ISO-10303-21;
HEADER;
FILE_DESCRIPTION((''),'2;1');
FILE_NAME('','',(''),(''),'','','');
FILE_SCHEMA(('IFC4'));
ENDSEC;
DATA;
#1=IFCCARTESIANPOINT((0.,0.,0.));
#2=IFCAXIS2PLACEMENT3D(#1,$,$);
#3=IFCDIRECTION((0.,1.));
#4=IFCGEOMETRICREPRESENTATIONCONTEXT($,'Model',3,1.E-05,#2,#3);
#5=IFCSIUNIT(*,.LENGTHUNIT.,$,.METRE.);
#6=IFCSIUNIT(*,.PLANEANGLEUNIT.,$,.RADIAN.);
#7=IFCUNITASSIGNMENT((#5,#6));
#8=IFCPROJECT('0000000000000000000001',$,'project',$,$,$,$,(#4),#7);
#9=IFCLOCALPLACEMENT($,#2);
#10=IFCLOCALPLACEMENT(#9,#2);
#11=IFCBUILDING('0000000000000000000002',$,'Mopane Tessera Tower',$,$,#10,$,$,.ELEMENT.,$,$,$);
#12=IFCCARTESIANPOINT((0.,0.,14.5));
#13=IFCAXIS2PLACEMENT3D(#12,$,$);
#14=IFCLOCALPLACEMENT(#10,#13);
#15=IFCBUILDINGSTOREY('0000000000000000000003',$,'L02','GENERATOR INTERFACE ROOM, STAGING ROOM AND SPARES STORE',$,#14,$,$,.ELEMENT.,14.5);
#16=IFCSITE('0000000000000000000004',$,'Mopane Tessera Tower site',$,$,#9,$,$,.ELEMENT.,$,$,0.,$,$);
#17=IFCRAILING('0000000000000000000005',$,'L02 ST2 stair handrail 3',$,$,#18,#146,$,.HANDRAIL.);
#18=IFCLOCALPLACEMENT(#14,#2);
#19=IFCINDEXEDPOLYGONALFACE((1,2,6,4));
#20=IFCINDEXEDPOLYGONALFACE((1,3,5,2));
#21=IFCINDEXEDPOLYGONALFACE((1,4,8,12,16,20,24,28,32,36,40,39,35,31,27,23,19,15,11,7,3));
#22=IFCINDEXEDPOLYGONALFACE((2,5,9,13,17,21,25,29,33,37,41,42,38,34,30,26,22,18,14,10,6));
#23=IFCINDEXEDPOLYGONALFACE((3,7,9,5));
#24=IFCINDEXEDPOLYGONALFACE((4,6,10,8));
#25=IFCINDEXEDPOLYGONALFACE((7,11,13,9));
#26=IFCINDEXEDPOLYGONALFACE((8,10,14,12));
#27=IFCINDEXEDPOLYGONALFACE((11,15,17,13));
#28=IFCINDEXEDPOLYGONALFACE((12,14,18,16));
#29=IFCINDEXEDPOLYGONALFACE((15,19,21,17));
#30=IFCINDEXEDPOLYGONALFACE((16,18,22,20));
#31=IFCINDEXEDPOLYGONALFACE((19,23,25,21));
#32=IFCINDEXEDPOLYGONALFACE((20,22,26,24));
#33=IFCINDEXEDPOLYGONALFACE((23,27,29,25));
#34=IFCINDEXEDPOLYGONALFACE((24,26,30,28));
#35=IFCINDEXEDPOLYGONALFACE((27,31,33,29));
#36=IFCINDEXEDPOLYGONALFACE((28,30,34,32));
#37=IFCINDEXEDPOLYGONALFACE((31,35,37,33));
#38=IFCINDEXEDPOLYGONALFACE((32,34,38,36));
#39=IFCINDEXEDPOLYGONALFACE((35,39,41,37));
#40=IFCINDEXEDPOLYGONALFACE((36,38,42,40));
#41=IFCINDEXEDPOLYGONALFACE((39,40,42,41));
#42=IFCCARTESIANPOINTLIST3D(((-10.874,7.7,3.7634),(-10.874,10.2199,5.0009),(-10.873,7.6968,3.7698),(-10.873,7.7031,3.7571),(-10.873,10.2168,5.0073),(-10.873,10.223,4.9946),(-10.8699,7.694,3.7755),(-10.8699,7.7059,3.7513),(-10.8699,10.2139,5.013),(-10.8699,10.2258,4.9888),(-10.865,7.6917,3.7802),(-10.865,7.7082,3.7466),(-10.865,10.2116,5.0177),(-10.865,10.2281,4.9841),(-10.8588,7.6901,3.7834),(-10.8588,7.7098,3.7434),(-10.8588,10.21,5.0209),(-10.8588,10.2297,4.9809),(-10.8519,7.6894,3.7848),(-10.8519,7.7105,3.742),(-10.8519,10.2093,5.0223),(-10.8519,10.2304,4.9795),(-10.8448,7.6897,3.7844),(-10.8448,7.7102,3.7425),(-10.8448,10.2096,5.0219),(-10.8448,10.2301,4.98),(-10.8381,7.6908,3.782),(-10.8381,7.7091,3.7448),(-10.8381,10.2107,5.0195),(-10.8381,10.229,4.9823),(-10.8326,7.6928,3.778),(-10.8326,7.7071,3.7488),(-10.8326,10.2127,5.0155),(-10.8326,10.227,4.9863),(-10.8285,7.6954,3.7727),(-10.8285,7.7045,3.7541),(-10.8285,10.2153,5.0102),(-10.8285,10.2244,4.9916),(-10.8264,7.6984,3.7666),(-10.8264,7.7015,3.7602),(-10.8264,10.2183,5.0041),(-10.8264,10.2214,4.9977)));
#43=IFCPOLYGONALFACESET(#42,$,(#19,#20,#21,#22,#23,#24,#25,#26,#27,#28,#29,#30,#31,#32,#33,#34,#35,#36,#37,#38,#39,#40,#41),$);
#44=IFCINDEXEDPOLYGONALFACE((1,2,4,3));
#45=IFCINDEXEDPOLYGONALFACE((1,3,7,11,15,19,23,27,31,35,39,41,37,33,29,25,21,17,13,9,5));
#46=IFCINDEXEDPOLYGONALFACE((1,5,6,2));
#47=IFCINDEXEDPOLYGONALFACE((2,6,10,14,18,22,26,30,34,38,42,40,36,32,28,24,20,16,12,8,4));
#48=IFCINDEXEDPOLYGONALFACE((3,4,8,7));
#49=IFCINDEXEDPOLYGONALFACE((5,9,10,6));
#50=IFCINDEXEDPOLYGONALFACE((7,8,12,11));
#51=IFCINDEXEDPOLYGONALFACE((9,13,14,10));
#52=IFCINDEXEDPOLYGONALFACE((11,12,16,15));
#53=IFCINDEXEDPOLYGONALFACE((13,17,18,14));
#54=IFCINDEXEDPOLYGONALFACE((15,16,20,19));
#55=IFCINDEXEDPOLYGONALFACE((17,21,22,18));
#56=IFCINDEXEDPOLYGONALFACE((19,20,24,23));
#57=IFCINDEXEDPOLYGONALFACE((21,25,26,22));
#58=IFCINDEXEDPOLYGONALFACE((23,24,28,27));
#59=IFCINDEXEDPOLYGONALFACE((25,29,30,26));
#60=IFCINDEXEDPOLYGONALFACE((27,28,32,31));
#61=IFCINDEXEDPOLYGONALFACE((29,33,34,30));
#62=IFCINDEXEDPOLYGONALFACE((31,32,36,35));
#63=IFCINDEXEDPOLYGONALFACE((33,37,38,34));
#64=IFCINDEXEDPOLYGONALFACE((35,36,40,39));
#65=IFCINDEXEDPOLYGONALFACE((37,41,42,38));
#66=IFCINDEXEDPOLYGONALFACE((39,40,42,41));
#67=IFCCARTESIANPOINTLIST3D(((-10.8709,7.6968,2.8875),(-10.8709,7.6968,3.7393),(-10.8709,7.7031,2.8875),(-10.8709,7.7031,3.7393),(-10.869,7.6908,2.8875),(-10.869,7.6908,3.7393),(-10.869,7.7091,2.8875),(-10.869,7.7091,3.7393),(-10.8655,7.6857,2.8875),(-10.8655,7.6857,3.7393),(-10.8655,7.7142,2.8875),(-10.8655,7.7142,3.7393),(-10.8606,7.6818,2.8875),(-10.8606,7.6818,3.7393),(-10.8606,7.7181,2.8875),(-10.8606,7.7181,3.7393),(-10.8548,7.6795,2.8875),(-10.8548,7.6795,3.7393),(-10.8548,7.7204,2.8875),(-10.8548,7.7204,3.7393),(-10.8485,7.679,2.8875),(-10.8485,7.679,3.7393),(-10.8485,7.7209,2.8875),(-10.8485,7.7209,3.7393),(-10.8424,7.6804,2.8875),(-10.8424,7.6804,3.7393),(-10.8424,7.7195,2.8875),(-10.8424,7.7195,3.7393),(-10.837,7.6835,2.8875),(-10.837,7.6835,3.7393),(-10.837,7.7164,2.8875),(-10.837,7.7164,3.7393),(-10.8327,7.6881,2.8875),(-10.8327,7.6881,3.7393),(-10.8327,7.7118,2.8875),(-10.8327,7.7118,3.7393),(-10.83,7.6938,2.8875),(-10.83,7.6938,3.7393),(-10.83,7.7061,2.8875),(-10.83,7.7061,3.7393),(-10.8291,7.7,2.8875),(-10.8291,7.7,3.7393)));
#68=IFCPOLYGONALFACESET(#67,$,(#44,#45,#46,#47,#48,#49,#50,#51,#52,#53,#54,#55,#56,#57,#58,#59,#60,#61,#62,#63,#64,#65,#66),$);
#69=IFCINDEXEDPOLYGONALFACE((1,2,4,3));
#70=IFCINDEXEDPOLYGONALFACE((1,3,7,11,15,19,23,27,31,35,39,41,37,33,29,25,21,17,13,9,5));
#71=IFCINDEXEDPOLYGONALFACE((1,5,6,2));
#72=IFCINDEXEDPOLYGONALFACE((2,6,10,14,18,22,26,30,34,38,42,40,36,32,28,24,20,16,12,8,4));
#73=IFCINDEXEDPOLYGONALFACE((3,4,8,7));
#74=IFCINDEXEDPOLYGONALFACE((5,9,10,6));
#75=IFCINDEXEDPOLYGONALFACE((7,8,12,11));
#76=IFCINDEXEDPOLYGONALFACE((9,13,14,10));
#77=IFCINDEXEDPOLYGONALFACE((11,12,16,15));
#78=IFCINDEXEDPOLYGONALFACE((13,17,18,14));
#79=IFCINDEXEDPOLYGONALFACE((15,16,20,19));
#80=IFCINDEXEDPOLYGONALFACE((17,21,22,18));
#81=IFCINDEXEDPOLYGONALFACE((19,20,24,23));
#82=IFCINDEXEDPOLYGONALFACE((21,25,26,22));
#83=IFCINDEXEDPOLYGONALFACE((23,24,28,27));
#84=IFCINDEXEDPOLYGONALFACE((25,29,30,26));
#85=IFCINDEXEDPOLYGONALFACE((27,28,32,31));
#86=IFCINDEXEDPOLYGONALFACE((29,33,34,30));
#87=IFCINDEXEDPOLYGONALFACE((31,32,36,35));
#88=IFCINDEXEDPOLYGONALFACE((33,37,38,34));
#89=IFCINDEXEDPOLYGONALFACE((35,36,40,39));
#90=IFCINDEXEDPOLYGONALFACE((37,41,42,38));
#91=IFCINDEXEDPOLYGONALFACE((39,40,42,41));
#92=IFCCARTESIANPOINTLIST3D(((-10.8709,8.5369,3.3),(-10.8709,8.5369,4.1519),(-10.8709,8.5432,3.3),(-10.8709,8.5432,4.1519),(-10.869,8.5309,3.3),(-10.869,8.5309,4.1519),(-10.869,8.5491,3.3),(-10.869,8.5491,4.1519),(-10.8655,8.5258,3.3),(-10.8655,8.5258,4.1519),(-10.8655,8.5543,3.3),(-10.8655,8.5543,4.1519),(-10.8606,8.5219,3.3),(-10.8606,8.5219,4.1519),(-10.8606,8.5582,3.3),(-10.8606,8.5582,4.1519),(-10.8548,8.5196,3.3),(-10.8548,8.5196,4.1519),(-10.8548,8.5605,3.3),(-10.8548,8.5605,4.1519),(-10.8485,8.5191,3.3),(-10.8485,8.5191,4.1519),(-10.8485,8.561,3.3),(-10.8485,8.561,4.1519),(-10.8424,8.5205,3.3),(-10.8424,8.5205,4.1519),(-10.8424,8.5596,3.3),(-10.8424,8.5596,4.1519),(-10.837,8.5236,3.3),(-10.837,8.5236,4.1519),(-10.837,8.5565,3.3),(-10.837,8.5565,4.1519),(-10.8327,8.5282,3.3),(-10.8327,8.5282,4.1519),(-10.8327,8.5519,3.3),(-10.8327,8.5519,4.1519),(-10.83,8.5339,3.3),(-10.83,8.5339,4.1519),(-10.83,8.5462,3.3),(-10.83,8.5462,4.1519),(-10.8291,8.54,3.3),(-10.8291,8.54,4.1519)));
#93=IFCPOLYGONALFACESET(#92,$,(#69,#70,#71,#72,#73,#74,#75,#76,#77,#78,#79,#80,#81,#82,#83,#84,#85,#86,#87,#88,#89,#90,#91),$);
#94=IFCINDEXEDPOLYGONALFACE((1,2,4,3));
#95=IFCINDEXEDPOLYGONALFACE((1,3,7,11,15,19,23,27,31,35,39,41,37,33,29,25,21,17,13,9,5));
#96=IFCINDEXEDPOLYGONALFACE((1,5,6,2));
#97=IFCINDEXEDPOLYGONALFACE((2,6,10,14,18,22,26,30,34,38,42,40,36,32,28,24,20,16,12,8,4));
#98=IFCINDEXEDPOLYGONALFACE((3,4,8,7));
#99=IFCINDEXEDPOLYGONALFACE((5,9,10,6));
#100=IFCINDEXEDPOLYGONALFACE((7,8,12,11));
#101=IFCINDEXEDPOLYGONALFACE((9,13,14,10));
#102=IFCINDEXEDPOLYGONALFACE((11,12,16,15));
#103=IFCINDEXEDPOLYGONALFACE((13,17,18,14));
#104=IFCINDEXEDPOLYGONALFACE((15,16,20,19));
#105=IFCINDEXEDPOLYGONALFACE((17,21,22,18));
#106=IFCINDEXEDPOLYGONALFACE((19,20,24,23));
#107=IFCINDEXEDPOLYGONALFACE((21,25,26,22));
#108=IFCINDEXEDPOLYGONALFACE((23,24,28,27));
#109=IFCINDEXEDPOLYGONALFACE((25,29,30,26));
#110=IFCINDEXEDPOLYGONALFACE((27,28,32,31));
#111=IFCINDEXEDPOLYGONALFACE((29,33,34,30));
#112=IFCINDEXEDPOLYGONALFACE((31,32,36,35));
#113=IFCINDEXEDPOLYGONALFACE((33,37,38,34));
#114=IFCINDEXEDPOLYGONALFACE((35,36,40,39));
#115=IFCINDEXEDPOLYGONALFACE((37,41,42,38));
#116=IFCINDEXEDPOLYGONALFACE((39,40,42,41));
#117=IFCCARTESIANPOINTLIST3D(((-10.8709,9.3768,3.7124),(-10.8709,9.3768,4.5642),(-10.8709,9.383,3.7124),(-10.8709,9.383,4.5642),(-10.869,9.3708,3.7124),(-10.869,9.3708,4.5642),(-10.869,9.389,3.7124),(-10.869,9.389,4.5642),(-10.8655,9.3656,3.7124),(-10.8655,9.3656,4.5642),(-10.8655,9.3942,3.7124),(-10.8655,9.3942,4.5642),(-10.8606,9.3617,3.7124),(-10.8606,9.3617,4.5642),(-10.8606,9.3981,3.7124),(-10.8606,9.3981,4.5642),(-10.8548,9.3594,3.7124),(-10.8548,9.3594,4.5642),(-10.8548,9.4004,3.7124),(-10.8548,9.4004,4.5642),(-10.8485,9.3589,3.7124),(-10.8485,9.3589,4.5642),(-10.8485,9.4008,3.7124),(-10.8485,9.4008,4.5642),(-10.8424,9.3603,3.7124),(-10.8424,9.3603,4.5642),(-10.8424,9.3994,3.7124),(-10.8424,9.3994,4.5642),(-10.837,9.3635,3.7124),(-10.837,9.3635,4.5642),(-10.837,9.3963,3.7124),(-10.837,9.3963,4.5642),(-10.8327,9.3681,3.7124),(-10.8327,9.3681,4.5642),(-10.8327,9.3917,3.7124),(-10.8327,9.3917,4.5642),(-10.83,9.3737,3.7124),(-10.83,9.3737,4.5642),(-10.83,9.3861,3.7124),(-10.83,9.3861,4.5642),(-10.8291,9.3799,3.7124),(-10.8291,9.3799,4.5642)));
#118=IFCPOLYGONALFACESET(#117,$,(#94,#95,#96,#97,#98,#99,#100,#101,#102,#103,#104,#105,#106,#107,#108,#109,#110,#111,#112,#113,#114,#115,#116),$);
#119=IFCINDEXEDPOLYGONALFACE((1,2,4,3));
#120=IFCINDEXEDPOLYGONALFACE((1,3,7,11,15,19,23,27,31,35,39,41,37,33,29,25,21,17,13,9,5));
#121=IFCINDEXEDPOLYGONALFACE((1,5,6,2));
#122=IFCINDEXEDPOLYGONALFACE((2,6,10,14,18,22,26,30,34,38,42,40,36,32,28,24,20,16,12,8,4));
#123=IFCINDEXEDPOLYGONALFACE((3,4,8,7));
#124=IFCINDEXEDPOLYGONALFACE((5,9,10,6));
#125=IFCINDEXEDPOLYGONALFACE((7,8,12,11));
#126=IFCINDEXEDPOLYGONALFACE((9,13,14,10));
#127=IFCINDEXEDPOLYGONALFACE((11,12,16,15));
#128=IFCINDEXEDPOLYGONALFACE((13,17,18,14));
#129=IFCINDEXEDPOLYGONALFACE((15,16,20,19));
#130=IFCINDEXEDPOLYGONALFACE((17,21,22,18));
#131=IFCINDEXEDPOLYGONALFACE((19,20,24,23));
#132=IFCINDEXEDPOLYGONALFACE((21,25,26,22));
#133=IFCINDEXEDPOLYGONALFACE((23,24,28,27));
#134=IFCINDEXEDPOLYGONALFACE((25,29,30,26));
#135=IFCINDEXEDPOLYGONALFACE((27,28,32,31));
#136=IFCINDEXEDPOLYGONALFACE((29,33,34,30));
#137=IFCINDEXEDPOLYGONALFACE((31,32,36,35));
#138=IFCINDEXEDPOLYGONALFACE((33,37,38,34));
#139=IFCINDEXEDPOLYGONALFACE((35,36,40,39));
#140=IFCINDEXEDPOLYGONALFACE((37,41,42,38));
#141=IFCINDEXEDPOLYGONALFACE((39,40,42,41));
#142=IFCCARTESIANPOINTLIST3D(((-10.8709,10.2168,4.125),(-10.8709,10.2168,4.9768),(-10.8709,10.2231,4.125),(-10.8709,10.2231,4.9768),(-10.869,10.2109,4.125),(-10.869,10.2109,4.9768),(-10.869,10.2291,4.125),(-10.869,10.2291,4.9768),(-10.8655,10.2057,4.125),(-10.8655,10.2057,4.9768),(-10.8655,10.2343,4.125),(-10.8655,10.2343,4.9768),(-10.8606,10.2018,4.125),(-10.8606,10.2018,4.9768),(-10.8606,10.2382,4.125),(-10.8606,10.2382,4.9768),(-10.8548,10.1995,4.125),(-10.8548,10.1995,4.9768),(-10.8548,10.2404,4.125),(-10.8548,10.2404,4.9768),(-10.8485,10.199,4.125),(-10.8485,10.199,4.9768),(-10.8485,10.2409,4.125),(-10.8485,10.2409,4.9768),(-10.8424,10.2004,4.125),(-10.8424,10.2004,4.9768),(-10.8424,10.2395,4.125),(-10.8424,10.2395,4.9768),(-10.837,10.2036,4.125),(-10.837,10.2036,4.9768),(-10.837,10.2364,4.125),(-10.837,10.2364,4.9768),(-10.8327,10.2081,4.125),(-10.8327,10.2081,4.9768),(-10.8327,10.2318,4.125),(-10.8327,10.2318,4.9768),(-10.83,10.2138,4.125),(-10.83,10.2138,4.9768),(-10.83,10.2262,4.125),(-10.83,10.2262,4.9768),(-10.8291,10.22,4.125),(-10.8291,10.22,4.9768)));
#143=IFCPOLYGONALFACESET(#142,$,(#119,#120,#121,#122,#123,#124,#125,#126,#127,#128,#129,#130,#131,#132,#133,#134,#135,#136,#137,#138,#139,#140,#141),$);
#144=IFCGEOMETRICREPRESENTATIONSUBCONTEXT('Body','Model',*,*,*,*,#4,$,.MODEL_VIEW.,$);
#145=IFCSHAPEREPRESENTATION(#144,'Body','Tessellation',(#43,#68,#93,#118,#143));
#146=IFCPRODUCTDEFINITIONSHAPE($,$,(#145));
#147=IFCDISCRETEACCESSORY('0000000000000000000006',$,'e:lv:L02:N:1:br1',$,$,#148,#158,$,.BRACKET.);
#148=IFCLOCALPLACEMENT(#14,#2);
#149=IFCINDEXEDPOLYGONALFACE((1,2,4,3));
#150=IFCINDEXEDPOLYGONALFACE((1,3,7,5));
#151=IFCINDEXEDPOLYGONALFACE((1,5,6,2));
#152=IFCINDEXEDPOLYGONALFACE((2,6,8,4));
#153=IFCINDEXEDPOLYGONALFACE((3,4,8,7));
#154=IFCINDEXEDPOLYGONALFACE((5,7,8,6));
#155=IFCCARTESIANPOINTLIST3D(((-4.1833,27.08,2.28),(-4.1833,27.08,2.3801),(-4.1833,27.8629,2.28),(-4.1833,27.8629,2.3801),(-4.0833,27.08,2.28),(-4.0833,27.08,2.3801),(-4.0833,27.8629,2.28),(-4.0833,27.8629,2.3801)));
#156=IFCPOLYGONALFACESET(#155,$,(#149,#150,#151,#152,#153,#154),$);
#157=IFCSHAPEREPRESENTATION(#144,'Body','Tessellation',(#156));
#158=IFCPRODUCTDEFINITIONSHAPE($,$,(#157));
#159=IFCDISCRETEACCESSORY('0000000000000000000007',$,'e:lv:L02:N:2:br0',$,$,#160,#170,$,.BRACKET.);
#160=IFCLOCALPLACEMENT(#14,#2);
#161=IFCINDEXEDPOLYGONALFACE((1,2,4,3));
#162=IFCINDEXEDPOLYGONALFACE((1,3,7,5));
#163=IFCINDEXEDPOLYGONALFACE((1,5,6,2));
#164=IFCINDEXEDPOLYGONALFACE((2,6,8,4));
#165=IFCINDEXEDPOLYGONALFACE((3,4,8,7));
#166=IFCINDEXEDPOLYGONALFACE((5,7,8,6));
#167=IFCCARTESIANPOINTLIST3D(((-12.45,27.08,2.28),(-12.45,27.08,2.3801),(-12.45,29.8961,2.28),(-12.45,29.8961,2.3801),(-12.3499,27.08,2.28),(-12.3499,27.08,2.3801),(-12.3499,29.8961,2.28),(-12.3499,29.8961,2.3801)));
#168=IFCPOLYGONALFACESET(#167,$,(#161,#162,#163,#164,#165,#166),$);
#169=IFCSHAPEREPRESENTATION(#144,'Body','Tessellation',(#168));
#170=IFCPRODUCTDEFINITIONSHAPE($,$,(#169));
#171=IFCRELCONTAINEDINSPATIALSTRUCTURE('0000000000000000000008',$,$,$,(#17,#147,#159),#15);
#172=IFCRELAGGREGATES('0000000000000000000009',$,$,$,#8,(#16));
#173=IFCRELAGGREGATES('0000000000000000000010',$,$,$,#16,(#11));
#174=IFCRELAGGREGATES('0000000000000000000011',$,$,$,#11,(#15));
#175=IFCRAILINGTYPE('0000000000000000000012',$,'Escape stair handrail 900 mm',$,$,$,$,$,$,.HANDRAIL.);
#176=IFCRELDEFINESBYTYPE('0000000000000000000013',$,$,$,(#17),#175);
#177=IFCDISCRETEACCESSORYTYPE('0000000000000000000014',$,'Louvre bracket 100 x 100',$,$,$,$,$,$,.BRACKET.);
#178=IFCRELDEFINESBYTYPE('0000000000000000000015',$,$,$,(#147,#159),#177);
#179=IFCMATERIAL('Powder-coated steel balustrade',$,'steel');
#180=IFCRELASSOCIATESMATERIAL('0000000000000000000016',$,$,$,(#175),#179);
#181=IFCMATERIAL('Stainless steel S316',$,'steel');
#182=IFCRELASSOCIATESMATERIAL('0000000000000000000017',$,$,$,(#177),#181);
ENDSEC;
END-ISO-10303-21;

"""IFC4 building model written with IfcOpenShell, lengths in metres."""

from ifc_helpers import new_model, si_unit, direction, frame, origin, origin_2d, place, context, subcontext, project, spatial, rectangle, circle, extrude, material, type_object, element, save


model = new_model("IFC4")

# Units and contexts
model_context = context("Model", 3, precision=1e-05, world=origin(), true_north=direction((0.0, 1.0)))
body_context = subcontext(model_context, "Body", "Model", "MODEL_VIEW")
ifc_project = project(units=[si_unit("LENGTHUNIT", "METRE"), si_unit("PLANEANGLEUNIT", "RADIAN")], contexts=[model_context])

# Site, building, storey
site_placement = place(None, origin())
site = spatial("IfcSite", under=ifc_project, at=site_placement, Name="Mopane Tessera Tower site", CompositionType="ELEMENT", RefElevation=0.0)
building_placement = place(site_placement, origin())
building = spatial("IfcBuilding", under=site, at=building_placement, Name="Mopane Tessera Tower", CompositionType="ELEMENT")
storey_placement = place(building_placement, frame((0.0, 0.0, 14.5)))
storey = spatial("IfcBuildingStorey", under=building, at=storey_placement, Name="L02", Description="GENERATOR INTERFACE ROOM, STAGING ROOM AND SPARES STORE", CompositionType="ELEMENT", Elevation=14.5)

# Railing
ifc_material_1 = material(Name="Powder-coated steel balustrade", Category="steel")
railing_type_1 = type_object("IfcRailingType", Name="Escape stair handrail 900 mm", PredefinedType="HANDRAIL", material=ifc_material_1)
for number, where, name in (
    (1, (-10.8501, 7.7, 2.8875), "L02 ST2 stair handrail 3"),
):
    element("IfcRailing", number, at=place(storey_placement, frame(where)), inside=storey, type_object=railing_type_1, Name=name, PredefinedType="HANDRAIL", context=body_context, shape_type="SweptSolid", body=[
        extrude(circle(Radius=0.0239, at=origin_2d()), frame((0.0, 0.0, 0.876), z_axis=(0.0, 0.897604, 0.440802), x_axis=(-1.0, 0.0, 0.0)), (0.0, 0.0, 1.0), 2.8074),
        extrude(circle(Radius=0.021, at=origin_2d()), origin(), (0.0, 0.0, 1.0), 0.8518),
        extrude(circle(Radius=0.021, at=origin_2d()), frame((0.0, 0.8401, 0.4126)), (0.0, 0.0, 1.0), 0.8518),
        extrude(circle(Radius=0.021, at=origin_2d()), frame((0.0, 1.6799, 0.825)), (0.0, 0.0, 1.0), 0.8518),
        extrude(circle(Radius=0.021, at=origin_2d()), frame((0.0, 2.52, 1.2375)), (0.0, 0.0, 1.0), 0.8518),
    ])

# Discrete accessories
ifc_material_2 = material(Name="Stainless steel S316", Category="steel")
discrete_accessory_type = type_object("IfcDiscreteAccessoryType", Name="Louvre bracket 100 x 100", PredefinedType="BRACKET", material=ifc_material_2)
discrete_accessory_1_placement = place(storey_placement, frame((-4.1333, 27.4714, 2.28), z_axis=(0.0, 0.0, 1.0), x_axis=(0.0, 1.0, 0.0)))
element("IfcDiscreteAccessory", 2, at=discrete_accessory_1_placement, inside=storey, type_object=discrete_accessory_type, Name="e:lv:L02:N:1:br1", PredefinedType="BRACKET", context=body_context, shape_type="SweptSolid", body=[
    extrude(rectangle(XDim=0.783, YDim=0.1001, at=origin_2d()), origin(), (0.0, 0.0, 1.0), 0.1001),
])
discrete_accessory_2_placement = place(storey_placement, frame((-12.3999, 28.488, 2.28), z_axis=(0.0, 0.0, 1.0), x_axis=(0.0, 1.0, 0.0)))
element("IfcDiscreteAccessory", 3, at=discrete_accessory_2_placement, inside=storey, type_object=discrete_accessory_type, Name="e:lv:L02:N:2:br0", PredefinedType="BRACKET", context=body_context, shape_type="SweptSolid", body=[
    extrude(rectangle(XDim=2.8162, YDim=0.1001, at=origin_2d()), origin(), (0.0, 0.0, 1.0), 0.1001),
])

save(model, "model.ifc")
